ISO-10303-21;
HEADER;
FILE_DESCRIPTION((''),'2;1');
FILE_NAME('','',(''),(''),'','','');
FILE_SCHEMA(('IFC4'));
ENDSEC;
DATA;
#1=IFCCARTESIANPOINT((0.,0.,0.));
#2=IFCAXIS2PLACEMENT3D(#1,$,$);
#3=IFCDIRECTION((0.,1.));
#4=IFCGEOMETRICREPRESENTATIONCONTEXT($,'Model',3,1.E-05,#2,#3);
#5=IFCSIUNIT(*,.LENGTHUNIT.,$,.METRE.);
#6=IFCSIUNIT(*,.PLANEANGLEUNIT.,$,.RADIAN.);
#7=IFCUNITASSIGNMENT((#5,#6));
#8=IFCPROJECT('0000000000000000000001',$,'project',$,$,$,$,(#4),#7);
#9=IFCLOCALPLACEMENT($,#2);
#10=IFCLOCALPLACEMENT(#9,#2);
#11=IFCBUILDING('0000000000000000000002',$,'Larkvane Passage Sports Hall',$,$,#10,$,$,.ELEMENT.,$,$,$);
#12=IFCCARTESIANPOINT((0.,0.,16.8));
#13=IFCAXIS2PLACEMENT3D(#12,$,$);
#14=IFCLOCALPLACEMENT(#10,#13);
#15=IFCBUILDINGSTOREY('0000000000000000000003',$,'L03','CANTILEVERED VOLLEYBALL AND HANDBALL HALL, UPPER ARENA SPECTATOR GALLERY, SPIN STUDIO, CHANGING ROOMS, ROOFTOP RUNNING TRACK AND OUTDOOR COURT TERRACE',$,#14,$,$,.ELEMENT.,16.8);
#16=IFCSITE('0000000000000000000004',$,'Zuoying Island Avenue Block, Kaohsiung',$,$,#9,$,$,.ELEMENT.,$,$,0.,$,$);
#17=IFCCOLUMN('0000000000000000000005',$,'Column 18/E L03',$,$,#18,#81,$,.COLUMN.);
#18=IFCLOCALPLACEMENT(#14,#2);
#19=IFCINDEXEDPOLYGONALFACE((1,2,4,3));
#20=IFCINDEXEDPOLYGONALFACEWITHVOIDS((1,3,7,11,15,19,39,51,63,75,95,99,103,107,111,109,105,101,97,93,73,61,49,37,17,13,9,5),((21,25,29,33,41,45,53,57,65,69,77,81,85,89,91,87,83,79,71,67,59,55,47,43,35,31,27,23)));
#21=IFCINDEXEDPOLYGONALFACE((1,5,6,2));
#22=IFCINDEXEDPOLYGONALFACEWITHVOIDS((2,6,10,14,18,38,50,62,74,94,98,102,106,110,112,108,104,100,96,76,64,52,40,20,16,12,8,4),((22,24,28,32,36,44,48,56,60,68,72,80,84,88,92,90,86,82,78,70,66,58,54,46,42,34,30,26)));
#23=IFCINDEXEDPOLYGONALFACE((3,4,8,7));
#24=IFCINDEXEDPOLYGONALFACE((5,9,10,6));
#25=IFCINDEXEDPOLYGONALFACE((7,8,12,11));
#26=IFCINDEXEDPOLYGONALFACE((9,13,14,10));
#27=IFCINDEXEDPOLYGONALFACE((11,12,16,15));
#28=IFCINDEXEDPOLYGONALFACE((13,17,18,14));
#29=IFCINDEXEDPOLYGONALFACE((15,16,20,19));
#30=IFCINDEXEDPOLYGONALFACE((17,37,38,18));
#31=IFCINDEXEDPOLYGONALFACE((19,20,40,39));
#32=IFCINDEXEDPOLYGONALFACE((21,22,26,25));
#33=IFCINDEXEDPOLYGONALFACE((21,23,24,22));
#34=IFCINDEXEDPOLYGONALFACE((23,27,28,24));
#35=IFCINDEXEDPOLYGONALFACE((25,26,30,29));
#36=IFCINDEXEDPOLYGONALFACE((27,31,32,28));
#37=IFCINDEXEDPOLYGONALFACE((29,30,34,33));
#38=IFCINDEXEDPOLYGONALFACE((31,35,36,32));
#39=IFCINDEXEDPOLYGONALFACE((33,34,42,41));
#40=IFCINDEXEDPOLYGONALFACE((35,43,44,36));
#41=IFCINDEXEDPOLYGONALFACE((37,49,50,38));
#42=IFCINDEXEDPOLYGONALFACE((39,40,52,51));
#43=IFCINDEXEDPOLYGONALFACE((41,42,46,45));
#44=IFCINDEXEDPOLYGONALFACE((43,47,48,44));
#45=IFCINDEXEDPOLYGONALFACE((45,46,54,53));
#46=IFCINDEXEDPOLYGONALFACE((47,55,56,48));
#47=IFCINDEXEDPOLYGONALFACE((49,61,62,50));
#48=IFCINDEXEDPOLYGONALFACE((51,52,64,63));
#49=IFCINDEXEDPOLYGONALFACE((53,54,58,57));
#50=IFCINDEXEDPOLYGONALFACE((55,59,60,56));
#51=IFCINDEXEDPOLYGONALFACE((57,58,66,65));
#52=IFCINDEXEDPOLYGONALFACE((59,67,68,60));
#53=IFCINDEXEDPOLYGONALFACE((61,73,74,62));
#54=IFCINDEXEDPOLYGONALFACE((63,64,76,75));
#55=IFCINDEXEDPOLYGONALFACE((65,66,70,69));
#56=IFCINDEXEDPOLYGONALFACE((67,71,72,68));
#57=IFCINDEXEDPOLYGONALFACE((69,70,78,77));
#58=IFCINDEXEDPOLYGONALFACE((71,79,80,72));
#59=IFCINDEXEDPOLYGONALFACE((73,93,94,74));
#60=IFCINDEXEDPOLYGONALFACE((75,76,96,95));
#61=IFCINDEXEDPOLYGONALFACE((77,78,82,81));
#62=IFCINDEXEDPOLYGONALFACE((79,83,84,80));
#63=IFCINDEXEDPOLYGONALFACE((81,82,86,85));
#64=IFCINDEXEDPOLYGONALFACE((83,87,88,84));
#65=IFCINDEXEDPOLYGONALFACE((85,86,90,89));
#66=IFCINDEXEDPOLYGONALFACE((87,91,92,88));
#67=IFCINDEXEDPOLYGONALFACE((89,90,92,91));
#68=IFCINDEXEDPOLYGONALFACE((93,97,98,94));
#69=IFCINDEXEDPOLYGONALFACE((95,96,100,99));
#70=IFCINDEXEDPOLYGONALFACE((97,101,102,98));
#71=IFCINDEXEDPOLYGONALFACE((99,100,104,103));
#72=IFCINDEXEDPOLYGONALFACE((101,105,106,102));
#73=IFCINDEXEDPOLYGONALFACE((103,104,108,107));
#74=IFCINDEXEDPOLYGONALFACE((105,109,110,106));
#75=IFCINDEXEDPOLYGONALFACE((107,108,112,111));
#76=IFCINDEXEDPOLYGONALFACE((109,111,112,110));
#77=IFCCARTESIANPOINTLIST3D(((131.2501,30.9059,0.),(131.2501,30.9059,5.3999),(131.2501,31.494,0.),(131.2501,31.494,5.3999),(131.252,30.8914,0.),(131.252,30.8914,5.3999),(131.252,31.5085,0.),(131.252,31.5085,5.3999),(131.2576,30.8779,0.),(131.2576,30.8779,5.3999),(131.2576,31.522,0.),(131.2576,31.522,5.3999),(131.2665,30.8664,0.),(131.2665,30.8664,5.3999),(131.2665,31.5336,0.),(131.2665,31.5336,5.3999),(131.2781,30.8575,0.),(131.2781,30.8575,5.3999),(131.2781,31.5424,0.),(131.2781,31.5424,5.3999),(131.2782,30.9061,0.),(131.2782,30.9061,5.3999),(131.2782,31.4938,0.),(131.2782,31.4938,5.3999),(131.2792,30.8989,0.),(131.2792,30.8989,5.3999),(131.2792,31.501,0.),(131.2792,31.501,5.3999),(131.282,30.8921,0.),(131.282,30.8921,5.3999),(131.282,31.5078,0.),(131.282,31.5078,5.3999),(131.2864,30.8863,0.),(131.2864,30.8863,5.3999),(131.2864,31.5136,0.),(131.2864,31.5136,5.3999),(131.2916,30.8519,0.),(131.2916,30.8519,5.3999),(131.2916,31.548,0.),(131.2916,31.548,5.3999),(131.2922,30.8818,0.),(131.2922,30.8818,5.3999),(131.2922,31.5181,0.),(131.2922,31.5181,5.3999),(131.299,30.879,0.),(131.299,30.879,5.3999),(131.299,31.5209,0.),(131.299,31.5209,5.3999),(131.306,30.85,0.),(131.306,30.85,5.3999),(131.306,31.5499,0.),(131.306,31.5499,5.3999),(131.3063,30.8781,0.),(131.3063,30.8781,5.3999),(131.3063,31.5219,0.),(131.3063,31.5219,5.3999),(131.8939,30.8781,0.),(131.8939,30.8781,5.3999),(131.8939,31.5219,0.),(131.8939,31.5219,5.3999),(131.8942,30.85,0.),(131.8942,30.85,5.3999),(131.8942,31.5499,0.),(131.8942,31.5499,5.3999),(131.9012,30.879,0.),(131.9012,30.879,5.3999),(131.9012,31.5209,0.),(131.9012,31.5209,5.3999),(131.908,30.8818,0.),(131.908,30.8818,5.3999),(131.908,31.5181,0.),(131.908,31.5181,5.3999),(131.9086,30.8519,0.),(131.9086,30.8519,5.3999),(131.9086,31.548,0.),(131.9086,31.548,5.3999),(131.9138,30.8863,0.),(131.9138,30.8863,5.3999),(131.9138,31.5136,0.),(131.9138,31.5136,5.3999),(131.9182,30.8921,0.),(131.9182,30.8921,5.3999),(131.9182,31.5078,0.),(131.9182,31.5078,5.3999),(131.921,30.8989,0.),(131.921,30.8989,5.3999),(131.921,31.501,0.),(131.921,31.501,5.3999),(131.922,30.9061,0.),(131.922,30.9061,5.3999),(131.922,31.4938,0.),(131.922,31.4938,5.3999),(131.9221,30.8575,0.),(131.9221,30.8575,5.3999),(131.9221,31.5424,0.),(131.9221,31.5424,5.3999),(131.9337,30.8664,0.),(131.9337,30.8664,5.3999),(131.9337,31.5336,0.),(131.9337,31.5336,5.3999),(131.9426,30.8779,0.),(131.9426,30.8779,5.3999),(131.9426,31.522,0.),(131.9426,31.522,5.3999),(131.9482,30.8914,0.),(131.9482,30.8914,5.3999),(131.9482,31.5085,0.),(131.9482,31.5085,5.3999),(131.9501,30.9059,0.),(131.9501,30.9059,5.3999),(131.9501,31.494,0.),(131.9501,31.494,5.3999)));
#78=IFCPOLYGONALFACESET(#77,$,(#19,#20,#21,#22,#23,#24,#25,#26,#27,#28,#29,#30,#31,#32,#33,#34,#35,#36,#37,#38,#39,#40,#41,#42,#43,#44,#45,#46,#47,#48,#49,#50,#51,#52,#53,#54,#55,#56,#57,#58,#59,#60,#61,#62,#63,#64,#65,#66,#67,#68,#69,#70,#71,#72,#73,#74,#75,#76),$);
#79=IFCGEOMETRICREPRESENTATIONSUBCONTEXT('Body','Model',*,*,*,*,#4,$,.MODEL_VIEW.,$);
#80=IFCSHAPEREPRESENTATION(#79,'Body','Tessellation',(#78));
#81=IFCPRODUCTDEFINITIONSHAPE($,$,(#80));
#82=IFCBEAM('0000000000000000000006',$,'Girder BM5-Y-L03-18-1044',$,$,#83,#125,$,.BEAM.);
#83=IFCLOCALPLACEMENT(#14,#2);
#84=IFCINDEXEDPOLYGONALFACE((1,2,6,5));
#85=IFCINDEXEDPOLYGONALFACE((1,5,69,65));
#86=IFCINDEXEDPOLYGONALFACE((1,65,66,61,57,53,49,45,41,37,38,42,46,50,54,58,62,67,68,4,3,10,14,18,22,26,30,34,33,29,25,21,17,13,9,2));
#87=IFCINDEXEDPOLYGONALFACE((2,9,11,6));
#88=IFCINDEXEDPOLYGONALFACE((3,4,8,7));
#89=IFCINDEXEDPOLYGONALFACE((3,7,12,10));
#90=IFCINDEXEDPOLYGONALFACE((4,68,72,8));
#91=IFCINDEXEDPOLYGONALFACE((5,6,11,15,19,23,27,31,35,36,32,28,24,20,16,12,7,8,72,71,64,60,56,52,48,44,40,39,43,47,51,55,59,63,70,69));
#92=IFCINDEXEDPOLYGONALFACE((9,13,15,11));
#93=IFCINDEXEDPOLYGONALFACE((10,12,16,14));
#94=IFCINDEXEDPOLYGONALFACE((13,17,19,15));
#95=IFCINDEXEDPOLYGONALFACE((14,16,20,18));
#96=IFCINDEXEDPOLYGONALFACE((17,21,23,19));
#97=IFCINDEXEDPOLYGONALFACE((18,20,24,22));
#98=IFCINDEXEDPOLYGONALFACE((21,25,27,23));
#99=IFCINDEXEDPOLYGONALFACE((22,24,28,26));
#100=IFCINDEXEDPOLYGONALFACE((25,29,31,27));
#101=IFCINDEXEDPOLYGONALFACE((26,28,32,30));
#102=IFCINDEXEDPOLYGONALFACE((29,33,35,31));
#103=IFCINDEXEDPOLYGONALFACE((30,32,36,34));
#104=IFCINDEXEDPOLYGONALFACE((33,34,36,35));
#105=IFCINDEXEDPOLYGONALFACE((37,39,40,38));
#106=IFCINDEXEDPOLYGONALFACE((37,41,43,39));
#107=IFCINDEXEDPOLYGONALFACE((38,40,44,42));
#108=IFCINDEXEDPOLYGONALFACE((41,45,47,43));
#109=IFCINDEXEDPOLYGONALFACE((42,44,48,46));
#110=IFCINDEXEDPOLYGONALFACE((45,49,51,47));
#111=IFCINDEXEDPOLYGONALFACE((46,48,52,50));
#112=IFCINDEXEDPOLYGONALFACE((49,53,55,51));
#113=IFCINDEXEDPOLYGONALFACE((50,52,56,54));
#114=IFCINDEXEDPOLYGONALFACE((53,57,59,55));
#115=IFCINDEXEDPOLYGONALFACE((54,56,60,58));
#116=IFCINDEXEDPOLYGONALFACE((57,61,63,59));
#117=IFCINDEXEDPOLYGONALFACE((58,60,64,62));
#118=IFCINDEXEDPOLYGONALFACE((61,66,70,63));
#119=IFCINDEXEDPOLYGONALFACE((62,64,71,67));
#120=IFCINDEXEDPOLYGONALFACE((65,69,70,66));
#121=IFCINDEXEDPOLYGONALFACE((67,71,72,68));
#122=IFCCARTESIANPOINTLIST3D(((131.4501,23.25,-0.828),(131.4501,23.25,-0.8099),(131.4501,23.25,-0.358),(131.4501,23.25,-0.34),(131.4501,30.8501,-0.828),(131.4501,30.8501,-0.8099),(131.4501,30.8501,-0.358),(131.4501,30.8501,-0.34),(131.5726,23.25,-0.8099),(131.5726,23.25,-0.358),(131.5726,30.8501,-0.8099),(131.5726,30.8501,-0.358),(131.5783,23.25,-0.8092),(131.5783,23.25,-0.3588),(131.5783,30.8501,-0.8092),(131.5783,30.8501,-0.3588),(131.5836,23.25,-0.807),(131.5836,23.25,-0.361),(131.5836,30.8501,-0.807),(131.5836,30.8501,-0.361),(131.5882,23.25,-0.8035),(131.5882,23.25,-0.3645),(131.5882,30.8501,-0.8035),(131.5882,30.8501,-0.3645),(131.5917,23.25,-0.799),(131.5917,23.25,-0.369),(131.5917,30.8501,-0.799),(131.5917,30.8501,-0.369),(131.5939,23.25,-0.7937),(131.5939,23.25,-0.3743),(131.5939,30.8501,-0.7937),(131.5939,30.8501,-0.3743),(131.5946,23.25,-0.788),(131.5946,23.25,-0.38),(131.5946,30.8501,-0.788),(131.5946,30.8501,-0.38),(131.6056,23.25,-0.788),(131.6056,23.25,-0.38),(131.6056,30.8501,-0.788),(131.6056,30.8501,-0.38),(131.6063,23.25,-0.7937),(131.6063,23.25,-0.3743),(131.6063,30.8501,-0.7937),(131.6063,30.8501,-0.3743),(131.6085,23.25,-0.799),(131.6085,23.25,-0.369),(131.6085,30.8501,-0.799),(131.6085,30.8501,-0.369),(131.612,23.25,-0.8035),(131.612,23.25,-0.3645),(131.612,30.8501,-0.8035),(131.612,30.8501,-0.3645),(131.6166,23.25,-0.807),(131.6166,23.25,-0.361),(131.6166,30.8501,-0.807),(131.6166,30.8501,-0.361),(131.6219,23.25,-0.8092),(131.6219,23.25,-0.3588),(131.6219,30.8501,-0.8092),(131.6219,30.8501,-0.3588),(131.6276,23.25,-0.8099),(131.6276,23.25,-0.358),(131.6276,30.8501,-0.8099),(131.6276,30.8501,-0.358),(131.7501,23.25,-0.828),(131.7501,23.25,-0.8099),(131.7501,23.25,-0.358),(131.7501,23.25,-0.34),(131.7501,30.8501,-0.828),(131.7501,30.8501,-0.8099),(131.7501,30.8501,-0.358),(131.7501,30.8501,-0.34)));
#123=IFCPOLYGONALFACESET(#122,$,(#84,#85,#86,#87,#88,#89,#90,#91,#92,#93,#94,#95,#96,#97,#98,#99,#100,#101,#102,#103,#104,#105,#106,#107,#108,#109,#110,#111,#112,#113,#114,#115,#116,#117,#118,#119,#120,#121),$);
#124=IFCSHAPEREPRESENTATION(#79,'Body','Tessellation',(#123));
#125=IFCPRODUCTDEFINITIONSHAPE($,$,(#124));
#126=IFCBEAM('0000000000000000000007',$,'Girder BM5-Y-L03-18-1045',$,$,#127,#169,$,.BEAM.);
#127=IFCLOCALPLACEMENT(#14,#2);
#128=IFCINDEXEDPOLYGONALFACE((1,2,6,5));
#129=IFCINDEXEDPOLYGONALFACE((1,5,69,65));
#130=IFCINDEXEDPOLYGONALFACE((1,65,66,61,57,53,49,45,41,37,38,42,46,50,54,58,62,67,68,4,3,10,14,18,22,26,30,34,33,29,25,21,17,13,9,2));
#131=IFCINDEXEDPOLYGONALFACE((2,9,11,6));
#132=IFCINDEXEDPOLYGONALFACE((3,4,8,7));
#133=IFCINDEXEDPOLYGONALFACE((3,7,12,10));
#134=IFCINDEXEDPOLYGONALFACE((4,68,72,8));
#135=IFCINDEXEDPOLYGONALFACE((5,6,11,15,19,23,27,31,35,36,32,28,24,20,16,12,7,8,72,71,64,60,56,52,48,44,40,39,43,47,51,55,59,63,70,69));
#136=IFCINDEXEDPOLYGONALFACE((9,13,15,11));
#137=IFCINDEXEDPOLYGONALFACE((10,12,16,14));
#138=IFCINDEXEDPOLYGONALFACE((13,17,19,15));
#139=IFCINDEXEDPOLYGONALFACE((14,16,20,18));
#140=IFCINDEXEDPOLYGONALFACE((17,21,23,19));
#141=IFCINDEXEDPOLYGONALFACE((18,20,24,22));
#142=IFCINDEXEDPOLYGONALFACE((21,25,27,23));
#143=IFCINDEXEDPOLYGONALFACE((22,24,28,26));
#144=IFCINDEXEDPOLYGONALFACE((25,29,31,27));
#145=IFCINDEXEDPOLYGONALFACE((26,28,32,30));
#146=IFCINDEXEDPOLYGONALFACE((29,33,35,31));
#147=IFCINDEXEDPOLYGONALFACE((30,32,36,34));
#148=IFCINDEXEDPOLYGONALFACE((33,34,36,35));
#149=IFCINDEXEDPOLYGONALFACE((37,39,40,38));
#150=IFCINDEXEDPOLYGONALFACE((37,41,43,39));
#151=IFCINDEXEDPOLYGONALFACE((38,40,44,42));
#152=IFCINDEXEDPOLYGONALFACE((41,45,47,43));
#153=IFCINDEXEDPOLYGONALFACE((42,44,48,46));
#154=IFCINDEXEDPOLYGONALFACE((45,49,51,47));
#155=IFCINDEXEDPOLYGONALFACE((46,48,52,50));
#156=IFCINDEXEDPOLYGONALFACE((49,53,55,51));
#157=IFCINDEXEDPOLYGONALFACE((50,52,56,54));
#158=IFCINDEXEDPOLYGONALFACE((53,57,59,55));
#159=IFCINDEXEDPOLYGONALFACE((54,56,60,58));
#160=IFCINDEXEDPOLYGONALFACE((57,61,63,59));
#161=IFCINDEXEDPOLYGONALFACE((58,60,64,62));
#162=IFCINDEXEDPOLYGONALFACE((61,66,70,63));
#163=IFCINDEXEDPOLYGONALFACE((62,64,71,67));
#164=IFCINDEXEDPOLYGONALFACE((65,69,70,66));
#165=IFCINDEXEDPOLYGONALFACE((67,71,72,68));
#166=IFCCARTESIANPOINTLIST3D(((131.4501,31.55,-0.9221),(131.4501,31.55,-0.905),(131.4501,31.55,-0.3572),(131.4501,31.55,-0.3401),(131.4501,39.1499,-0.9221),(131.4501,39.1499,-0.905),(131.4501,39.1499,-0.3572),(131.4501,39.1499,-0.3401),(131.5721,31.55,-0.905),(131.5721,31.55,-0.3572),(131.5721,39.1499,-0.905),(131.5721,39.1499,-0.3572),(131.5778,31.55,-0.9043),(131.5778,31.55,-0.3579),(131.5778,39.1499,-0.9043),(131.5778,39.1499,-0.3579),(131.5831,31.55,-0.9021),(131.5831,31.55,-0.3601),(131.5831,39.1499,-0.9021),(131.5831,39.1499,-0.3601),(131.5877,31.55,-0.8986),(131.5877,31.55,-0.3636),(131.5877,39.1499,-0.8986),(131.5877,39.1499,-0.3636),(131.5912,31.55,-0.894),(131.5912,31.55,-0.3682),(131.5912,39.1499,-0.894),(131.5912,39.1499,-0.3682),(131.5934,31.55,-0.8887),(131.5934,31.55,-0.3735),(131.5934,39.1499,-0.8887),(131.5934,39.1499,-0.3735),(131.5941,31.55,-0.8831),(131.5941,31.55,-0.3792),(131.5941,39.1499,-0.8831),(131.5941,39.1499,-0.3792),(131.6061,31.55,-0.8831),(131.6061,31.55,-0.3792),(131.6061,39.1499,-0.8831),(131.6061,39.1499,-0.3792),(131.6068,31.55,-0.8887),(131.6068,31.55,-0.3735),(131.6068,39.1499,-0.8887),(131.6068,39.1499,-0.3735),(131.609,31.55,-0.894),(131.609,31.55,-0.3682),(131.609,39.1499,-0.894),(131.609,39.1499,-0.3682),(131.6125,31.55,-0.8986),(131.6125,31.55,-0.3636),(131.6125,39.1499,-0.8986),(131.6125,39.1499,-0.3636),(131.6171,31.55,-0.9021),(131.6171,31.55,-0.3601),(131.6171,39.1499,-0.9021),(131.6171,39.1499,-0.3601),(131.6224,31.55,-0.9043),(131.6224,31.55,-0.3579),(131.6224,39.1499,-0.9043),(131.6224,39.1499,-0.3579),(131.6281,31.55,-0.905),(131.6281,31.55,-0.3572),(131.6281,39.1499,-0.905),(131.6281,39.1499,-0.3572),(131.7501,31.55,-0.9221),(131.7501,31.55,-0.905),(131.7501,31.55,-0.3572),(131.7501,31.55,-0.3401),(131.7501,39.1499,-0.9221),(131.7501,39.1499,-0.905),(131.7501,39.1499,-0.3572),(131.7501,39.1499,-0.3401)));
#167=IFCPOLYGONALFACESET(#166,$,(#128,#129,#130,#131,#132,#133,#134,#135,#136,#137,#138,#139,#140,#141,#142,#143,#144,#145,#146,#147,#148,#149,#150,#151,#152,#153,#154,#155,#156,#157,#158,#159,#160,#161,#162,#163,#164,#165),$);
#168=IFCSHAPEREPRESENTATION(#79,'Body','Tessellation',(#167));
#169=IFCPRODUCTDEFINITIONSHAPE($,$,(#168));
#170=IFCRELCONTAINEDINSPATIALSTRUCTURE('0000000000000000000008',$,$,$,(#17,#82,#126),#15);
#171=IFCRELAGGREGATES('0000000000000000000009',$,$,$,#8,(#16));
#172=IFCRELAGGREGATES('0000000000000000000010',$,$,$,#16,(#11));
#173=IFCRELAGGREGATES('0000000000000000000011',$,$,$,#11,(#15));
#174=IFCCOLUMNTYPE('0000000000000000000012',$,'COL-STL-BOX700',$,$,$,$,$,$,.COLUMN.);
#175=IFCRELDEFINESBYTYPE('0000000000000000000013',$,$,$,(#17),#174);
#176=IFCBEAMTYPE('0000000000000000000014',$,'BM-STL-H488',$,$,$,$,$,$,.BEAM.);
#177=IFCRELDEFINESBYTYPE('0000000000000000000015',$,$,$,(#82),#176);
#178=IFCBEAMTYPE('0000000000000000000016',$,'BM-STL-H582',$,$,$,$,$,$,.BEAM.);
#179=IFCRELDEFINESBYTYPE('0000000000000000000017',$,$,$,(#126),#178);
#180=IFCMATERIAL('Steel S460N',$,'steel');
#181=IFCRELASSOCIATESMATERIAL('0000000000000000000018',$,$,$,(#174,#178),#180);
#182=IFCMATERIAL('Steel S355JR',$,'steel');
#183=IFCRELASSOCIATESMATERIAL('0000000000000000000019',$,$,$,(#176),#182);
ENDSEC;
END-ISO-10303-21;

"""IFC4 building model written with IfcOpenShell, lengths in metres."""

from ifc_helpers import new_model, si_unit, direction, frame, origin, origin_2d, place, context, subcontext, project, spatial, hollow_rectangle, i_section, extrude, material, material_profile, profile_set, type_object, element, save


model = new_model("IFC4")

# Units and contexts
model_context = context("Model", 3, precision=1e-05, world=origin(), true_north=direction((0.0, 1.0)))
body_context = subcontext(model_context, "Body", "Model", "MODEL_VIEW")
ifc_project = project(units=[si_unit("LENGTHUNIT", "METRE"), si_unit("PLANEANGLEUNIT", "RADIAN")], contexts=[model_context])

# Site, building, storey
site_placement = place(None, origin())
site = spatial("IfcSite", under=ifc_project, at=site_placement, Name="Zuoying Island Avenue Block, Kaohsiung", CompositionType="ELEMENT", RefElevation=0.0)
building_placement = place(site_placement, origin())
building = spatial("IfcBuilding", under=site, at=building_placement, Name="Larkvane Passage Sports Hall", CompositionType="ELEMENT")
storey_placement = place(building_placement, frame((0.0, 0.0, 16.8)))
storey = spatial("IfcBuildingStorey", under=building, at=storey_placement, Name="L03", Description="CANTILEVERED VOLLEYBALL AND HANDBALL HALL, UPPER ARENA SPECTATOR GALLERY, SPIN STUDIO, CHANGING ROOMS, ROOFTOP RUNNING TRACK AND OUTDOOR COURT TERRACE", CompositionType="ELEMENT", Elevation=16.8)

# Column
ifc_material_1 = material(Name="Steel S460N", Category="steel")
ifc_material_profile_1 = material_profile(ifc_material_1, hollow_rectangle(XDim=0.7, YDim=0.7, WallThickness=0.0281, InnerFilletRadius=0.0281, OuterFilletRadius=0.0559, at=origin_2d()), Name="BOX-700x700x28")
ifc_profile_set_1 = profile_set([ifc_material_profile_1], Name="Steel S460N")
column_type = type_object("IfcColumnType", Name="COL-STL-BOX700", PredefinedType="COLUMN", material=ifc_profile_set_1)
column_placement = place(storey_placement, frame((131.6001, 31.2, 0.0), z_axis=(0.0, 0.0, 1.0), x_axis=(1.0, 0.0, 0.0)))
element("IfcColumn", 1, at=column_placement, inside=storey, type_object=column_type, Name="Column 18/E L03", PredefinedType="COLUMN", context=body_context, shape_type="SweptSolid", body=[
    extrude(hollow_rectangle(XDim=0.7, YDim=0.7, WallThickness=0.0281, InnerFilletRadius=0.0281, OuterFilletRadius=0.0559, at=origin_2d()), origin(), (0.0, 0.0, 1.0), 5.3999),
])

# Beams
ifc_material_2 = material(Name="Steel S355JR", Category="steel")
ifc_material_profile_2 = material_profile(ifc_material_2, i_section(OverallWidth=0.3, OverallDepth=0.488, WebThickness=0.011, FlangeThickness=0.0181, FilletRadius=0.022, at=origin_2d()), Name="H-488x300x11x18")
ifc_profile_set_2 = profile_set([ifc_material_profile_2], Name="Steel S355JR")
beam_type_1 = type_object("IfcBeamType", Name="BM-STL-H488", PredefinedType="BEAM", material=ifc_profile_set_2)
beam_1_placement = place(storey_placement, frame((131.6001, 23.25, -0.584), z_axis=(0.0, 1.0, 0.0), x_axis=(-1.0, 0.0, 0.0)))
element("IfcBeam", 2, at=beam_1_placement, inside=storey, type_object=beam_type_1, Name="Girder BM5-Y-L03-18-1044", PredefinedType="BEAM", context=body_context, shape_type="SweptSolid", body=[
    extrude(i_section(OverallWidth=0.3, OverallDepth=0.488, WebThickness=0.011, FlangeThickness=0.0181, FilletRadius=0.022, at=origin_2d()), origin(), (0.0, 0.0, 1.0), 7.6001),
])
ifc_material_profile_3 = material_profile(ifc_material_1, i_section(OverallWidth=0.3, OverallDepth=0.582, WebThickness=0.012, FlangeThickness=0.0171, FilletRadius=0.022, at=origin_2d()), Name="H-582x300x12x17")
ifc_profile_set_3 = profile_set([ifc_material_profile_3], Name="Steel S460N")
beam_type_2 = type_object("IfcBeamType", Name="BM-STL-H582", PredefinedType="BEAM", material=ifc_profile_set_3)
beam_2_placement = place(storey_placement, frame((131.6001, 31.55, -0.6311), z_axis=(0.0, 1.0, 0.0), x_axis=(-1.0, 0.0, 0.0)))
element("IfcBeam", 3, at=beam_2_placement, inside=storey, type_object=beam_type_2, Name="Girder BM5-Y-L03-18-1045", PredefinedType="BEAM", context=body_context, shape_type="SweptSolid", body=[
    extrude(i_section(OverallWidth=0.3, OverallDepth=0.582, WebThickness=0.012, FlangeThickness=0.0171, FilletRadius=0.022, at=origin_2d()), origin(), (0.0, 0.0, 1.0), 7.5999),
])

save(model, "model.ifc")
